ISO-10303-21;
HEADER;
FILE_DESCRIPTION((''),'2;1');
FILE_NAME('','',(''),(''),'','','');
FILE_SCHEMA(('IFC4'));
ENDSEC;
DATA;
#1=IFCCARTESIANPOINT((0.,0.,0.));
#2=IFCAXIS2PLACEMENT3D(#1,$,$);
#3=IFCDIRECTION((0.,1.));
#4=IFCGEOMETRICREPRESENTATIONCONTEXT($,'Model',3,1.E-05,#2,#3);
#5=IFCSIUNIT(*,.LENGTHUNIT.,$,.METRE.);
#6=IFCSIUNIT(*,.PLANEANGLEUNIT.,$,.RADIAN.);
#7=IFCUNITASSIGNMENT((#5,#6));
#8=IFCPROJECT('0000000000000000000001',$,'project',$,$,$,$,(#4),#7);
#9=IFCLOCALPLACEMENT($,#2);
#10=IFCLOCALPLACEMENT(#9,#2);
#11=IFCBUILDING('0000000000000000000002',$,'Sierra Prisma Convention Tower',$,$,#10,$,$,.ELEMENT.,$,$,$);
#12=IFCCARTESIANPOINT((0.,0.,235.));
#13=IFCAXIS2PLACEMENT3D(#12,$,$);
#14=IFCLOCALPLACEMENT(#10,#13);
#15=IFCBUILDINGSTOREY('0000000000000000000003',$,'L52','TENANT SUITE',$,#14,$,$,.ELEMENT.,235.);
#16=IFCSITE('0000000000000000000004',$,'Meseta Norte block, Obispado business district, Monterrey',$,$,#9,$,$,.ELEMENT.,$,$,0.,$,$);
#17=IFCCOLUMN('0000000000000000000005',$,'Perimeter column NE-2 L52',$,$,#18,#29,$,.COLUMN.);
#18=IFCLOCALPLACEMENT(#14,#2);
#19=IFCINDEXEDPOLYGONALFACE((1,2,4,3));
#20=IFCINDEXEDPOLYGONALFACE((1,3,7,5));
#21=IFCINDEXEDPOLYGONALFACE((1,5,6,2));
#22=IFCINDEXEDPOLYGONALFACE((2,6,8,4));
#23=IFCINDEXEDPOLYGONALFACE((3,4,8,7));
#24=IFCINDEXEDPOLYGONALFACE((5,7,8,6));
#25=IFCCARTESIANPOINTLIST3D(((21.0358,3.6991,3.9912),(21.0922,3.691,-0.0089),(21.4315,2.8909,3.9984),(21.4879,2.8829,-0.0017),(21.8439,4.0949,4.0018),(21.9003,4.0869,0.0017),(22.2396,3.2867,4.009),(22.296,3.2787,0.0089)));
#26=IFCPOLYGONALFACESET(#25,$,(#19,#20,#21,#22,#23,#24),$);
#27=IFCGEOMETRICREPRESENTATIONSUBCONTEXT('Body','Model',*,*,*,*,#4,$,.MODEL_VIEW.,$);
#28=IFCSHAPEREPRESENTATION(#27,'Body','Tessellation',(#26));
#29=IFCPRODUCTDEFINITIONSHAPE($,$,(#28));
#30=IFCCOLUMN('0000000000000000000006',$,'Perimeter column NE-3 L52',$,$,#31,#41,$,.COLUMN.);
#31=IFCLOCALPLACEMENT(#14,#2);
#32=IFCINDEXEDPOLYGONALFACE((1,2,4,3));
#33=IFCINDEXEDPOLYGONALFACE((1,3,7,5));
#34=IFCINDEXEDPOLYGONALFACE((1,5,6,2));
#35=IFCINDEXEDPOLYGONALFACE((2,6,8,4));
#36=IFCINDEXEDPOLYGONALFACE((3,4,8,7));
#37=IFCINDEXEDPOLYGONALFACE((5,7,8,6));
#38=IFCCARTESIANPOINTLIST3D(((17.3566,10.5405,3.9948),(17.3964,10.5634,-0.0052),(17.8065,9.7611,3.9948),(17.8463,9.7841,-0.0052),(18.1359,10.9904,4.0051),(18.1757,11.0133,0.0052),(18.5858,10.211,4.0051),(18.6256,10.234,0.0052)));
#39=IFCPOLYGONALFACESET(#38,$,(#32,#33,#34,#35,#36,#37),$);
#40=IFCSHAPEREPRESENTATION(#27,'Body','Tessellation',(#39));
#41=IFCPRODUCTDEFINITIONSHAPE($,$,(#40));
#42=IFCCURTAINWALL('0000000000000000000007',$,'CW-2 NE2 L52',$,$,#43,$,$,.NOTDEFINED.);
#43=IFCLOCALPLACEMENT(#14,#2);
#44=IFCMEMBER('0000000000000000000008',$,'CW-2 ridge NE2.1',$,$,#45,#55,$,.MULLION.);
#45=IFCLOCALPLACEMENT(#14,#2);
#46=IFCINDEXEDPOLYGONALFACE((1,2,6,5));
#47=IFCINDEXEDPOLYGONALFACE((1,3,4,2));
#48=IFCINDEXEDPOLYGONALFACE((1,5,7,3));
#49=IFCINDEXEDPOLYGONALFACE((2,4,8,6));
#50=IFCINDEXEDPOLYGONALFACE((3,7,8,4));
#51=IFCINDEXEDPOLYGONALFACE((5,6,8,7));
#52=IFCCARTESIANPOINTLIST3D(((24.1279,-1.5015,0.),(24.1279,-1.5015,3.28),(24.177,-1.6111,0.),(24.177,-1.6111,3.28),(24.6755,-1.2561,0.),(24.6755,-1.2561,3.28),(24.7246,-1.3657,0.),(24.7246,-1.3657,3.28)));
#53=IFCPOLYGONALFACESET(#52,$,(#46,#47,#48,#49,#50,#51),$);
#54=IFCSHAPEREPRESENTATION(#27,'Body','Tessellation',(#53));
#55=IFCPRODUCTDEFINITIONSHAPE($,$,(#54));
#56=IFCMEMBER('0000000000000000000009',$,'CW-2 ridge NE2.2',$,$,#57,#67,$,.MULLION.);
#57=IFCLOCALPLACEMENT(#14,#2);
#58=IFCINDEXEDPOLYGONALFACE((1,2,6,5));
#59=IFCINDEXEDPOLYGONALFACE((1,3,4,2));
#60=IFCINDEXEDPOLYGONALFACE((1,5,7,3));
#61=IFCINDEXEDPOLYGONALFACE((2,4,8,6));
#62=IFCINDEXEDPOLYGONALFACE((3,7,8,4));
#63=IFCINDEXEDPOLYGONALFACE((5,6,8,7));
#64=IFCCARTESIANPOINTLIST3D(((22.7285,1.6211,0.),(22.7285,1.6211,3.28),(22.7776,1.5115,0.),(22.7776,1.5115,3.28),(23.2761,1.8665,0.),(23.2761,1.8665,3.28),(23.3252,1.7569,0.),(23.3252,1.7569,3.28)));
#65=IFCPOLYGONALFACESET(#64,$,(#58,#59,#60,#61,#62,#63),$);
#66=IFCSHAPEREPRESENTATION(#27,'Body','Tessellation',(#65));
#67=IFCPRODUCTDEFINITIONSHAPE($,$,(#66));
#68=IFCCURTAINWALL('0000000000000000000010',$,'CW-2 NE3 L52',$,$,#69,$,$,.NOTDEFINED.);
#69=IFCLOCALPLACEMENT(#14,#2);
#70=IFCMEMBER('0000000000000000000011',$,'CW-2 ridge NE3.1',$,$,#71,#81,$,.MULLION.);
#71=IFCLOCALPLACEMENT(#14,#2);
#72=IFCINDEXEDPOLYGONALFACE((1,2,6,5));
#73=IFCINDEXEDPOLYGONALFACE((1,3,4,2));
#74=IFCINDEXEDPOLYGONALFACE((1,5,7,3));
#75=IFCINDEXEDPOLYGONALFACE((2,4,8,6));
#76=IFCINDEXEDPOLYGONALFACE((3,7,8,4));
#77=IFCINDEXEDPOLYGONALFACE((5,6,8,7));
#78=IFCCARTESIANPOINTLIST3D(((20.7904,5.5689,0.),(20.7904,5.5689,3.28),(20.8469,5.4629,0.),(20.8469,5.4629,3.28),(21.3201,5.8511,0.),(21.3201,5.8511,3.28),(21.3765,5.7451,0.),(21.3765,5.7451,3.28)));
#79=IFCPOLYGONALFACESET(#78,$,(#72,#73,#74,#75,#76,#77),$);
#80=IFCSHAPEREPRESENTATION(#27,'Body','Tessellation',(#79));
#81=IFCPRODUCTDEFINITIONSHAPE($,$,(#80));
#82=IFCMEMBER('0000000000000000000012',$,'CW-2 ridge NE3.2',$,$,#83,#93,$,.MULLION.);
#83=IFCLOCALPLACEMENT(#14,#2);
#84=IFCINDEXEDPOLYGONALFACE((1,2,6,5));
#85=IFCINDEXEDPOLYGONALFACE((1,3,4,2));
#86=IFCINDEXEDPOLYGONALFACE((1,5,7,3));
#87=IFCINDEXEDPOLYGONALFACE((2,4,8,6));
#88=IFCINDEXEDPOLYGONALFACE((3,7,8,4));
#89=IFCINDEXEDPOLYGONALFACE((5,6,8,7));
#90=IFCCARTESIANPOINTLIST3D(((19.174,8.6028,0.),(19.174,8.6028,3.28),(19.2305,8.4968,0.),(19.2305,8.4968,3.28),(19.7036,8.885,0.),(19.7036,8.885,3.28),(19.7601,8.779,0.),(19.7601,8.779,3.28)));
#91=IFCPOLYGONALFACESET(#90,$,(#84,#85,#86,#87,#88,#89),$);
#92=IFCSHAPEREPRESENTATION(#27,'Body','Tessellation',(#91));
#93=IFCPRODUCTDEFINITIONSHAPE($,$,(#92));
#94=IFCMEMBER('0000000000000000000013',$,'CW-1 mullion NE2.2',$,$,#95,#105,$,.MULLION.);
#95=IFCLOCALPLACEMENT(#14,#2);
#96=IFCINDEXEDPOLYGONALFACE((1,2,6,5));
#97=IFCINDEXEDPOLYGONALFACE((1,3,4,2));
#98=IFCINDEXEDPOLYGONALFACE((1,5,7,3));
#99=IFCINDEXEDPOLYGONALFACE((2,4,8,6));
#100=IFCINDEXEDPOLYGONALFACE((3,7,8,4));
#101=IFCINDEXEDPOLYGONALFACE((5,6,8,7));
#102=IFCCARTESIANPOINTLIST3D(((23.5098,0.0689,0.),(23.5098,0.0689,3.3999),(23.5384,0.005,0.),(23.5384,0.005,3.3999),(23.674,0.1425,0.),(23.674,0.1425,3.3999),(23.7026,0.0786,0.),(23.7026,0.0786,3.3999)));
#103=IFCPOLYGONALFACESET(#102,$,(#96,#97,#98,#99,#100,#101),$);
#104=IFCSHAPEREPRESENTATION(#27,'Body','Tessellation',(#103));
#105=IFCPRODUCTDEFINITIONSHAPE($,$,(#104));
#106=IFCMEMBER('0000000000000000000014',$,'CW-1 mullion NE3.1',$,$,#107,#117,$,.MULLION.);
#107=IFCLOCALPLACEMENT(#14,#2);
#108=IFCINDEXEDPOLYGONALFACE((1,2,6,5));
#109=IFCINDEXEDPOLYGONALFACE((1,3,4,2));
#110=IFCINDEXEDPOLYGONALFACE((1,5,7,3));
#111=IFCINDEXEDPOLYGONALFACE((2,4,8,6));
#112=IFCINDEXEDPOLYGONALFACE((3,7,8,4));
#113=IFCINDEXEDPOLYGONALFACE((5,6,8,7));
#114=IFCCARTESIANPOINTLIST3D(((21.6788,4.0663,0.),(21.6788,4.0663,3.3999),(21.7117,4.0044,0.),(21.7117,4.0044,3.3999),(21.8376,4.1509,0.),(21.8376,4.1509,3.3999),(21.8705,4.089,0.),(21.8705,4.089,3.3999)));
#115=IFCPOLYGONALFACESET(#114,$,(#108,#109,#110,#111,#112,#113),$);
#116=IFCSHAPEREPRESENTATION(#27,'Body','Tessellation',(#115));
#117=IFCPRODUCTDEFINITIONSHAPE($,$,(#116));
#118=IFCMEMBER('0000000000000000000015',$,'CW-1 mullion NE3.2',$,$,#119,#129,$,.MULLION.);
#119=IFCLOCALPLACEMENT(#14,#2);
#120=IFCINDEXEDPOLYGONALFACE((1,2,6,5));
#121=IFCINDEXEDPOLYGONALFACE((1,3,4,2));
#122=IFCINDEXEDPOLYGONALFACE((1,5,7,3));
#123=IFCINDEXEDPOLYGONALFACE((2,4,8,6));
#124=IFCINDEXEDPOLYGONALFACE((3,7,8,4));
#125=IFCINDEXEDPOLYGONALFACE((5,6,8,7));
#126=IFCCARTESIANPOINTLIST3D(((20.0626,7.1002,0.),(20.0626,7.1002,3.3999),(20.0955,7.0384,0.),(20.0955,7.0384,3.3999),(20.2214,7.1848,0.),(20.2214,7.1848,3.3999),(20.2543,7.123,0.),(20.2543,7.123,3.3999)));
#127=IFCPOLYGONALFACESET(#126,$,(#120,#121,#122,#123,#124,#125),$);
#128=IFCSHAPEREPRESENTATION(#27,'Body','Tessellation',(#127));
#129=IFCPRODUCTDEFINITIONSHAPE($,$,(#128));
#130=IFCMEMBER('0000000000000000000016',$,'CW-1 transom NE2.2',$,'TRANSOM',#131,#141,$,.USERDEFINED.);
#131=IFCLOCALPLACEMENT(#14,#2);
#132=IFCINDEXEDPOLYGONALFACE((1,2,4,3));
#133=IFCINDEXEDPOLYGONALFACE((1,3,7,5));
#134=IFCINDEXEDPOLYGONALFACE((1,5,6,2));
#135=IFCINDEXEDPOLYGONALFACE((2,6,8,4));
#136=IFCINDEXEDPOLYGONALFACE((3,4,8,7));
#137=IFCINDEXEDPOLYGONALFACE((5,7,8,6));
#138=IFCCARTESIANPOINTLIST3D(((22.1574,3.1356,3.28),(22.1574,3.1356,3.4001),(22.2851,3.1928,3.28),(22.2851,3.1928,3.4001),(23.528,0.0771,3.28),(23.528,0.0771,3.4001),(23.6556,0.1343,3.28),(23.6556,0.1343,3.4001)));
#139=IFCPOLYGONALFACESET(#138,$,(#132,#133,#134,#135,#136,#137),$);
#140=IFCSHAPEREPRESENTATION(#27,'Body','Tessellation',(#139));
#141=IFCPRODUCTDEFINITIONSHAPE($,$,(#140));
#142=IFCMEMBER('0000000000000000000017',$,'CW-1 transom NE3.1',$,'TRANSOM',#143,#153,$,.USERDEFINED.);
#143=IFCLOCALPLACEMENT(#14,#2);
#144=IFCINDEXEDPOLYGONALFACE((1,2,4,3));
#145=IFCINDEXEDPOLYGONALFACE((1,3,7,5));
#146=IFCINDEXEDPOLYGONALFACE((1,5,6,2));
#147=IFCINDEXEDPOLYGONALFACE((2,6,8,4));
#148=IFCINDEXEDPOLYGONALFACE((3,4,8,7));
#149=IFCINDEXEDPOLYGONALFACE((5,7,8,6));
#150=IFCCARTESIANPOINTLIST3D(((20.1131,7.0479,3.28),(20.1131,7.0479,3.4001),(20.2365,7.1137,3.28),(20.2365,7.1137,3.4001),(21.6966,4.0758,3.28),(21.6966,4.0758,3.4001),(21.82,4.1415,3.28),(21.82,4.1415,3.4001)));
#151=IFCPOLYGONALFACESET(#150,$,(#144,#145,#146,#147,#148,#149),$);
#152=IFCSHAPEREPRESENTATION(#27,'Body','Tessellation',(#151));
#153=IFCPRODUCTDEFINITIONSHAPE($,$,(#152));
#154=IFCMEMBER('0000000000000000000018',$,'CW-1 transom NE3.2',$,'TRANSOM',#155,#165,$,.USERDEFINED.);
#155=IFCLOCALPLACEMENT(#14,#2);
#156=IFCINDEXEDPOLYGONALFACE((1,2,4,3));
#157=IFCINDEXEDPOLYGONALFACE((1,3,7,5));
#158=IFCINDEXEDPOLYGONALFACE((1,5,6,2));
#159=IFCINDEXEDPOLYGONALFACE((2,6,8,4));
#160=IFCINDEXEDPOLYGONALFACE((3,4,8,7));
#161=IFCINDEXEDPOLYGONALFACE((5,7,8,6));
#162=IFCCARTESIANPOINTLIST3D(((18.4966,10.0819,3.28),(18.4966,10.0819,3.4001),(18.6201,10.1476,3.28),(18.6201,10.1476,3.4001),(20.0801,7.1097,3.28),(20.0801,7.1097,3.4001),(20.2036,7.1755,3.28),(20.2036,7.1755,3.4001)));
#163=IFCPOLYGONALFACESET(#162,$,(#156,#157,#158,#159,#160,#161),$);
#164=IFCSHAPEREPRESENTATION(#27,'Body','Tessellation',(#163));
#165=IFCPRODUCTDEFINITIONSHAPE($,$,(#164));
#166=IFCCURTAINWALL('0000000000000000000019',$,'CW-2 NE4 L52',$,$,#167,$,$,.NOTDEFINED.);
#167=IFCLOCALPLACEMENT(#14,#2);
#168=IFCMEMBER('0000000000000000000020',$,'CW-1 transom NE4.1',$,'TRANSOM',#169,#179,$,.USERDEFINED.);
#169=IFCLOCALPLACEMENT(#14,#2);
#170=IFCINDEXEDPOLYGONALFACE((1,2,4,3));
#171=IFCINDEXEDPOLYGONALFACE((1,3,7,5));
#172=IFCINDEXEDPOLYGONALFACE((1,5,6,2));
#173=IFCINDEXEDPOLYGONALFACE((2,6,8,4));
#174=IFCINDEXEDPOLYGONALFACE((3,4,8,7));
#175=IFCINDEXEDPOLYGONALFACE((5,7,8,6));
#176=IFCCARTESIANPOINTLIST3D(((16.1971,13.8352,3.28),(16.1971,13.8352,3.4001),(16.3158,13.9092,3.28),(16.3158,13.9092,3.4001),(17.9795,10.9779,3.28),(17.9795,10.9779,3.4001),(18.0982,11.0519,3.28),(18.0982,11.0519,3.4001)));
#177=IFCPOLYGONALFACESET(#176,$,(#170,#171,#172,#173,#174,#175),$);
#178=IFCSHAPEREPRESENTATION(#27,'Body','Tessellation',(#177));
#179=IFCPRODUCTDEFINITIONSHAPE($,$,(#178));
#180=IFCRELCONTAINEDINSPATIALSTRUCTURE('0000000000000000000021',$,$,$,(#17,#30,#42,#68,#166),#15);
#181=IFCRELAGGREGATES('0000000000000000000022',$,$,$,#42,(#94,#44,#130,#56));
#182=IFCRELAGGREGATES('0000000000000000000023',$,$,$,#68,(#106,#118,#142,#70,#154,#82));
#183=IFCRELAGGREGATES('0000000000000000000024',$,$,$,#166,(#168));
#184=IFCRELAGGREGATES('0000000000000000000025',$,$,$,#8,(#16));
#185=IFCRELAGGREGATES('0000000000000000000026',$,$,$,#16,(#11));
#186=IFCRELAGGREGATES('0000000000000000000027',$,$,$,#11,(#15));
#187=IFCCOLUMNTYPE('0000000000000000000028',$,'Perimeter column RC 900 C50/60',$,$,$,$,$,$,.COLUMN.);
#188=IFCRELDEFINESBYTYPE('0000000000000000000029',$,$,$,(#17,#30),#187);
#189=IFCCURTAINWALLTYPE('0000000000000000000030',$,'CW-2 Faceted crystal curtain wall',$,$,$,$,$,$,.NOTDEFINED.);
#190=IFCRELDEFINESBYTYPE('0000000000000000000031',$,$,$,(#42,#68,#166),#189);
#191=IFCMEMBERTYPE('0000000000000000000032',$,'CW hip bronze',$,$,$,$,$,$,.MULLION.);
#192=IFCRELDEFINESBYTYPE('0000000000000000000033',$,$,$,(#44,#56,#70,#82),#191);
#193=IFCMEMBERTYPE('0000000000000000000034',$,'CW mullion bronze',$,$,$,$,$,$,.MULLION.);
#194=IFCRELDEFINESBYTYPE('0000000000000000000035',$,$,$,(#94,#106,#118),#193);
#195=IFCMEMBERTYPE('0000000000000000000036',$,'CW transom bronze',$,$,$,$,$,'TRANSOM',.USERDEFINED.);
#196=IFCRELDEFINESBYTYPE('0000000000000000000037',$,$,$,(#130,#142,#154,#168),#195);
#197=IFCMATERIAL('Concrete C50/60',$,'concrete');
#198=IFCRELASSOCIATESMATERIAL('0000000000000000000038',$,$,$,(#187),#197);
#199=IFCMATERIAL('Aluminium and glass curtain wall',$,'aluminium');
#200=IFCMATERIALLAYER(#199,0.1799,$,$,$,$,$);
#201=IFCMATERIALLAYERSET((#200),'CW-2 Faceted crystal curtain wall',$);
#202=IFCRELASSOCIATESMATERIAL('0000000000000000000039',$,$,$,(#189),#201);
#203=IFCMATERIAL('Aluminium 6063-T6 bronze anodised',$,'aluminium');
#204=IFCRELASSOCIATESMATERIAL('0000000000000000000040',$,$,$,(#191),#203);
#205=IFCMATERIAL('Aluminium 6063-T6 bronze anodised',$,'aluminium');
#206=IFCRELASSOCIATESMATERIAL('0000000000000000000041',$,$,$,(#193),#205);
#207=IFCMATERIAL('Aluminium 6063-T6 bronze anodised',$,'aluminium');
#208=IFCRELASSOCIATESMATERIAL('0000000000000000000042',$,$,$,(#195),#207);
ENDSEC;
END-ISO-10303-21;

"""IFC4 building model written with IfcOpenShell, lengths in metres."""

from ifc_helpers import new_model, si_unit, direction, frame, origin, origin_2d, place, context, subcontext, project, spatial, rectangle, extrude, material, layer, layer_set, material_profile, profile_set, type_object, element, aggregate, save


model = new_model("IFC4")

# Units and contexts
model_context = context("Model", 3, precision=1e-05, world=origin(), true_north=direction((0.0, 1.0)))
body_context = subcontext(model_context, "Body", "Model", "MODEL_VIEW")
ifc_project = project(units=[si_unit("LENGTHUNIT", "METRE"), si_unit("PLANEANGLEUNIT", "RADIAN")], contexts=[model_context])

# Site, building, storey
site_placement = place(None, origin())
site = spatial("IfcSite", under=ifc_project, at=site_placement, Name="Meseta Norte block, Obispado business district, Monterrey", CompositionType="ELEMENT", RefElevation=0.0)
building_placement = place(site_placement, origin())
building = spatial("IfcBuilding", under=site, at=building_placement, Name="Sierra Prisma Convention Tower", CompositionType="ELEMENT")
storey_placement = place(building_placement, frame((0.0, 0.0, 235.0)))
storey = spatial("IfcBuildingStorey", under=building, at=storey_placement, Name="L52", Description="TENANT SUITE", CompositionType="ELEMENT", Elevation=235.0)

# Columns
ifc_material_1 = material(Name="Concrete C50/60", Category="concrete")
ifc_material_profile_1 = material_profile(ifc_material_1, rectangle(XDim=0.8999, YDim=0.8999, at=origin_2d()), Name="Perimeter column RC 900 C50/60")
ifc_profile_set_1 = profile_set([ifc_material_profile_1], Name="Concrete C50/60")
column_type = type_object("IfcColumnType", Name="Perimeter column RC 900 C50/60", PredefinedType="COLUMN", material=ifc_profile_set_1)
column_1_placement = place(storey_placement, frame((21.6941, 3.4849, 0.0), z_axis=(-0.014098, 0.002014, 0.999899), x_axis=(-0.439784, 0.898068, -0.008009)))
element("IfcColumn", 1, at=column_1_placement, inside=storey, type_object=column_type, Name="Perimeter column NE-2 L52", PredefinedType="COLUMN", context=body_context, shape_type="SweptSolid", body=[
    extrude(rectangle(XDim=0.8999, YDim=0.8999, at=origin_2d()), origin(), (0.0, 0.0, 1.0), 4.0005),
])
column_2_placement = place(storey_placement, frame((18.011, 10.3987, 0.0), z_axis=(-0.009948, -0.005737, 0.999934), x_axis=(-0.499975, 0.86604, -0.000005)))
element("IfcColumn", 2, at=column_2_placement, inside=storey, type_object=column_type, Name="Perimeter column NE-3 L52", PredefinedType="COLUMN", context=body_context, shape_type="SweptSolid", body=[
    extrude(rectangle(XDim=0.8999, YDim=0.8999, at=origin_2d()), origin(), (0.0, 0.0, 1.0), 4.0002),
])

# Curtain walls, members
ifc_material_2 = material(Name="Aluminium and glass curtain wall", Category="aluminium")
ifc_layer_1 = layer(ifc_material_2, 0.1799)
ifc_layer_set_1 = layer_set([ifc_layer_1], Name="CW-2 Faceted crystal curtain wall")
curtain_wall_type = type_object("IfcCurtainWallType", Name="CW-2 Faceted crystal curtain wall", PredefinedType="NOTDEFINED", material=ifc_layer_set_1)
curtain_wall_1_placement = place(storey_placement, origin())
curtain_wall_1 = element("IfcCurtainWall", 3, at=curtain_wall_1_placement, inside=storey, type_object=curtain_wall_type, Name="CW-2 NE2 L52", PredefinedType="NOTDEFINED")
ifc_material_3 = material(Name="Aluminium 6063-T6 bronze anodised", Category="aluminium")
ifc_material_profile_2 = material_profile(ifc_material_3, rectangle(XDim=0.1201, YDim=0.6001, at=origin_2d()), Name="ALU RIDGE BLADE 120x600")
ifc_profile_set_2 = profile_set([ifc_material_profile_2], Name="Aluminium 6063-T6 bronze anodised")
member_type_1 = type_object("IfcMemberType", Name="CW hip bronze", PredefinedType="MULLION", material=ifc_profile_set_2)
member_1_placement = place(storey_placement, frame((24.4263, -1.4336, 0.0), z_axis=(0.0, 0.0, 1.0), x_axis=(-0.408957, 0.912554, 0.0)))
member_1 = element("IfcMember", 4, at=member_1_placement, type_object=member_type_1, Name="CW-2 ridge NE2.1", PredefinedType="MULLION", context=body_context, shape_type="SweptSolid", body=[
    extrude(rectangle(XDim=0.1201, YDim=0.6001, at=origin_2d()), origin(), (0.0, 0.0, 1.0), 3.28),
])
member_2_placement = place(storey_placement, frame((23.0269, 1.689, 0.0), z_axis=(0.0, 0.0, 1.0), x_axis=(-0.408957, 0.912554, 0.0)))
member_2 = element("IfcMember", 5, at=member_2_placement, type_object=member_type_1, Name="CW-2 ridge NE2.2", PredefinedType="MULLION", context=body_context, shape_type="SweptSolid", body=[
    extrude(rectangle(XDim=0.1201, YDim=0.6001, at=origin_2d()), origin(), (0.0, 0.0, 1.0), 3.28),
])
curtain_wall_2_placement = place(storey_placement, origin())
curtain_wall_2 = element("IfcCurtainWall", 6, at=curtain_wall_2_placement, inside=storey, type_object=curtain_wall_type, Name="CW-2 NE3 L52", PredefinedType="NOTDEFINED")
member_3_placement = place(storey_placement, frame((21.0835, 5.657, 0.0), z_axis=(0.0, 0.0, 1.0), x_axis=(-0.470187, 0.882567, 0.0)))
member_3 = element("IfcMember", 7, at=member_3_placement, type_object=member_type_1, Name="CW-2 ridge NE3.1", PredefinedType="MULLION", context=body_context, shape_type="SweptSolid", body=[
    extrude(rectangle(XDim=0.1201, YDim=0.6001, at=origin_2d()), origin(), (0.0, 0.0, 1.0), 3.28),
])
member_4_placement = place(storey_placement, frame((19.467, 8.6909, 0.0), z_axis=(0.0, 0.0, 1.0), x_axis=(-0.470187, 0.882567, 0.0)))
member_4 = element("IfcMember", 8, at=member_4_placement, type_object=member_type_1, Name="CW-2 ridge NE3.2", PredefinedType="MULLION", context=body_context, shape_type="SweptSolid", body=[
    extrude(rectangle(XDim=0.1201, YDim=0.6001, at=origin_2d()), origin(), (0.0, 0.0, 1.0), 3.28),
])

# Members
ifc_material_4 = material(Name="Aluminium 6063-T6 bronze anodised", Category="aluminium")
ifc_material_profile_3 = material_profile(ifc_material_4, rectangle(XDim=0.1799, YDim=0.0701, at=origin_2d()), Name="ALU MULLION 70x180")
ifc_profile_set_3 = profile_set([ifc_material_profile_3], Name="Aluminium 6063-T6 bronze anodised")
member_type_2 = type_object("IfcMemberType", Name="CW mullion bronze", PredefinedType="MULLION", material=ifc_profile_set_3)
member_5_placement = place(storey_placement, frame((23.6062, 0.0737, 0.0), z_axis=(0.0, 0.0, 1.0), x_axis=(-0.912554, -0.408957, 0.0)))
member_5 = element("IfcMember", 9, at=member_5_placement, type_object=member_type_2, Name="CW-1 mullion NE2.2", PredefinedType="MULLION", context=body_context, shape_type="SweptSolid", body=[
    extrude(rectangle(XDim=0.1799, YDim=0.0701, at=origin_2d()), origin(), (0.0, 0.0, 1.0), 3.3999),
])
member_6_placement = place(storey_placement, frame((21.7747, 4.0776, 0.0), z_axis=(0.0, 0.0, 1.0), x_axis=(-0.882567, -0.470187, 0.0)))
member_6 = element("IfcMember", 10, at=member_6_placement, type_object=member_type_2, Name="CW-1 mullion NE3.1", PredefinedType="MULLION", context=body_context, shape_type="SweptSolid", body=[
    extrude(rectangle(XDim=0.1799, YDim=0.0701, at=origin_2d()), origin(), (0.0, 0.0, 1.0), 3.3999),
])
member_7_placement = place(storey_placement, frame((20.1584, 7.1116, 0.0), z_axis=(0.0, 0.0, 1.0), x_axis=(-0.882567, -0.470187, 0.0)))
member_7 = element("IfcMember", 11, at=member_7_placement, type_object=member_type_2, Name="CW-1 mullion NE3.2", PredefinedType="MULLION", context=body_context, shape_type="SweptSolid", body=[
    extrude(rectangle(XDim=0.1799, YDim=0.0701, at=origin_2d()), origin(), (0.0, 0.0, 1.0), 3.3999),
])
ifc_material_5 = material(Name="Aluminium 6063-T6 bronze anodised", Category="aluminium")
ifc_material_profile_4 = material_profile(ifc_material_5, rectangle(XDim=0.1399, YDim=0.1201, at=origin_2d()), Name="ALU TRANSOM 120x140")
ifc_profile_set_4 = profile_set([ifc_material_profile_4], Name="Aluminium 6063-T6 bronze anodised")
member_type_3 = type_object("IfcMemberType", Name="CW transom bronze", ElementType="TRANSOM", PredefinedType="USERDEFINED", material=ifc_profile_set_4)
member_8_placement = place(storey_placement, frame((23.5918, 0.1057, 3.3401), z_axis=(-0.408935, 0.912564, 0.0), x_axis=(-0.912564, -0.408935, 0.0)))
member_8 = element("IfcMember", 12, at=member_8_placement, type_object=member_type_3, Name="CW-1 transom NE2.2", ObjectType="TRANSOM", PredefinedType="USERDEFINED", context=body_context, shape_type="SweptSolid", body=[
    extrude(rectangle(XDim=0.1399, YDim=0.1201, at=origin_2d()), origin(), (0.0, 0.0, 1.0), 3.3516),
])
member_9_placement = place(storey_placement, frame((21.7583, 4.1086, 3.3401), z_axis=(-0.470204, 0.882558, 0.0), x_axis=(-0.882558, -0.470204, 0.0)))
member_9 = element("IfcMember", 13, at=member_9_placement, type_object=member_type_3, Name="CW-1 transom NE3.1", ObjectType="TRANSOM", PredefinedType="USERDEFINED", context=body_context, shape_type="SweptSolid", body=[
    extrude(rectangle(XDim=0.1399, YDim=0.1201, at=origin_2d()), origin(), (0.0, 0.0, 1.0), 3.3677),
])
member_10_placement = place(storey_placement, frame((20.1418, 7.1426, 3.3401), z_axis=(-0.470204, 0.882558, 0.0), x_axis=(-0.882558, -0.470204, 0.0)))
member_10 = element("IfcMember", 14, at=member_10_placement, type_object=member_type_3, Name="CW-1 transom NE3.2", ObjectType="TRANSOM", PredefinedType="USERDEFINED", context=body_context, shape_type="SweptSolid", body=[
    extrude(rectangle(XDim=0.1399, YDim=0.1201, at=origin_2d()), origin(), (0.0, 0.0, 1.0), 3.3677),
])

# Curtain wall, member
curtain_wall_3_placement = place(storey_placement, origin())
curtain_wall_3 = element("IfcCurtainWall", 15, at=curtain_wall_3_placement, inside=storey, type_object=curtain_wall_type, Name="CW-2 NE4 L52", PredefinedType="NOTDEFINED")
member_11_placement = place(storey_placement, frame((18.0388, 11.0149, 3.3401), z_axis=(-0.529269, 0.848454, 0.0), x_axis=(-0.848454, -0.529269, 0.0)))
member_11 = element("IfcMember", 16, at=member_11_placement, type_object=member_type_3, Name="CW-1 transom NE4.1", ObjectType="TRANSOM", PredefinedType="USERDEFINED", context=body_context, shape_type="SweptSolid", body=[
    extrude(rectangle(XDim=0.1399, YDim=0.1201, at=origin_2d()), origin(), (0.0, 0.0, 1.0), 3.3677),
])

aggregate(curtain_wall_1, [member_5, member_1, member_8, member_2])
aggregate(curtain_wall_2, [member_6, member_7, member_9, member_3, member_10, member_4])
aggregate(curtain_wall_3, [member_11])

save(model, "model.ifc")
